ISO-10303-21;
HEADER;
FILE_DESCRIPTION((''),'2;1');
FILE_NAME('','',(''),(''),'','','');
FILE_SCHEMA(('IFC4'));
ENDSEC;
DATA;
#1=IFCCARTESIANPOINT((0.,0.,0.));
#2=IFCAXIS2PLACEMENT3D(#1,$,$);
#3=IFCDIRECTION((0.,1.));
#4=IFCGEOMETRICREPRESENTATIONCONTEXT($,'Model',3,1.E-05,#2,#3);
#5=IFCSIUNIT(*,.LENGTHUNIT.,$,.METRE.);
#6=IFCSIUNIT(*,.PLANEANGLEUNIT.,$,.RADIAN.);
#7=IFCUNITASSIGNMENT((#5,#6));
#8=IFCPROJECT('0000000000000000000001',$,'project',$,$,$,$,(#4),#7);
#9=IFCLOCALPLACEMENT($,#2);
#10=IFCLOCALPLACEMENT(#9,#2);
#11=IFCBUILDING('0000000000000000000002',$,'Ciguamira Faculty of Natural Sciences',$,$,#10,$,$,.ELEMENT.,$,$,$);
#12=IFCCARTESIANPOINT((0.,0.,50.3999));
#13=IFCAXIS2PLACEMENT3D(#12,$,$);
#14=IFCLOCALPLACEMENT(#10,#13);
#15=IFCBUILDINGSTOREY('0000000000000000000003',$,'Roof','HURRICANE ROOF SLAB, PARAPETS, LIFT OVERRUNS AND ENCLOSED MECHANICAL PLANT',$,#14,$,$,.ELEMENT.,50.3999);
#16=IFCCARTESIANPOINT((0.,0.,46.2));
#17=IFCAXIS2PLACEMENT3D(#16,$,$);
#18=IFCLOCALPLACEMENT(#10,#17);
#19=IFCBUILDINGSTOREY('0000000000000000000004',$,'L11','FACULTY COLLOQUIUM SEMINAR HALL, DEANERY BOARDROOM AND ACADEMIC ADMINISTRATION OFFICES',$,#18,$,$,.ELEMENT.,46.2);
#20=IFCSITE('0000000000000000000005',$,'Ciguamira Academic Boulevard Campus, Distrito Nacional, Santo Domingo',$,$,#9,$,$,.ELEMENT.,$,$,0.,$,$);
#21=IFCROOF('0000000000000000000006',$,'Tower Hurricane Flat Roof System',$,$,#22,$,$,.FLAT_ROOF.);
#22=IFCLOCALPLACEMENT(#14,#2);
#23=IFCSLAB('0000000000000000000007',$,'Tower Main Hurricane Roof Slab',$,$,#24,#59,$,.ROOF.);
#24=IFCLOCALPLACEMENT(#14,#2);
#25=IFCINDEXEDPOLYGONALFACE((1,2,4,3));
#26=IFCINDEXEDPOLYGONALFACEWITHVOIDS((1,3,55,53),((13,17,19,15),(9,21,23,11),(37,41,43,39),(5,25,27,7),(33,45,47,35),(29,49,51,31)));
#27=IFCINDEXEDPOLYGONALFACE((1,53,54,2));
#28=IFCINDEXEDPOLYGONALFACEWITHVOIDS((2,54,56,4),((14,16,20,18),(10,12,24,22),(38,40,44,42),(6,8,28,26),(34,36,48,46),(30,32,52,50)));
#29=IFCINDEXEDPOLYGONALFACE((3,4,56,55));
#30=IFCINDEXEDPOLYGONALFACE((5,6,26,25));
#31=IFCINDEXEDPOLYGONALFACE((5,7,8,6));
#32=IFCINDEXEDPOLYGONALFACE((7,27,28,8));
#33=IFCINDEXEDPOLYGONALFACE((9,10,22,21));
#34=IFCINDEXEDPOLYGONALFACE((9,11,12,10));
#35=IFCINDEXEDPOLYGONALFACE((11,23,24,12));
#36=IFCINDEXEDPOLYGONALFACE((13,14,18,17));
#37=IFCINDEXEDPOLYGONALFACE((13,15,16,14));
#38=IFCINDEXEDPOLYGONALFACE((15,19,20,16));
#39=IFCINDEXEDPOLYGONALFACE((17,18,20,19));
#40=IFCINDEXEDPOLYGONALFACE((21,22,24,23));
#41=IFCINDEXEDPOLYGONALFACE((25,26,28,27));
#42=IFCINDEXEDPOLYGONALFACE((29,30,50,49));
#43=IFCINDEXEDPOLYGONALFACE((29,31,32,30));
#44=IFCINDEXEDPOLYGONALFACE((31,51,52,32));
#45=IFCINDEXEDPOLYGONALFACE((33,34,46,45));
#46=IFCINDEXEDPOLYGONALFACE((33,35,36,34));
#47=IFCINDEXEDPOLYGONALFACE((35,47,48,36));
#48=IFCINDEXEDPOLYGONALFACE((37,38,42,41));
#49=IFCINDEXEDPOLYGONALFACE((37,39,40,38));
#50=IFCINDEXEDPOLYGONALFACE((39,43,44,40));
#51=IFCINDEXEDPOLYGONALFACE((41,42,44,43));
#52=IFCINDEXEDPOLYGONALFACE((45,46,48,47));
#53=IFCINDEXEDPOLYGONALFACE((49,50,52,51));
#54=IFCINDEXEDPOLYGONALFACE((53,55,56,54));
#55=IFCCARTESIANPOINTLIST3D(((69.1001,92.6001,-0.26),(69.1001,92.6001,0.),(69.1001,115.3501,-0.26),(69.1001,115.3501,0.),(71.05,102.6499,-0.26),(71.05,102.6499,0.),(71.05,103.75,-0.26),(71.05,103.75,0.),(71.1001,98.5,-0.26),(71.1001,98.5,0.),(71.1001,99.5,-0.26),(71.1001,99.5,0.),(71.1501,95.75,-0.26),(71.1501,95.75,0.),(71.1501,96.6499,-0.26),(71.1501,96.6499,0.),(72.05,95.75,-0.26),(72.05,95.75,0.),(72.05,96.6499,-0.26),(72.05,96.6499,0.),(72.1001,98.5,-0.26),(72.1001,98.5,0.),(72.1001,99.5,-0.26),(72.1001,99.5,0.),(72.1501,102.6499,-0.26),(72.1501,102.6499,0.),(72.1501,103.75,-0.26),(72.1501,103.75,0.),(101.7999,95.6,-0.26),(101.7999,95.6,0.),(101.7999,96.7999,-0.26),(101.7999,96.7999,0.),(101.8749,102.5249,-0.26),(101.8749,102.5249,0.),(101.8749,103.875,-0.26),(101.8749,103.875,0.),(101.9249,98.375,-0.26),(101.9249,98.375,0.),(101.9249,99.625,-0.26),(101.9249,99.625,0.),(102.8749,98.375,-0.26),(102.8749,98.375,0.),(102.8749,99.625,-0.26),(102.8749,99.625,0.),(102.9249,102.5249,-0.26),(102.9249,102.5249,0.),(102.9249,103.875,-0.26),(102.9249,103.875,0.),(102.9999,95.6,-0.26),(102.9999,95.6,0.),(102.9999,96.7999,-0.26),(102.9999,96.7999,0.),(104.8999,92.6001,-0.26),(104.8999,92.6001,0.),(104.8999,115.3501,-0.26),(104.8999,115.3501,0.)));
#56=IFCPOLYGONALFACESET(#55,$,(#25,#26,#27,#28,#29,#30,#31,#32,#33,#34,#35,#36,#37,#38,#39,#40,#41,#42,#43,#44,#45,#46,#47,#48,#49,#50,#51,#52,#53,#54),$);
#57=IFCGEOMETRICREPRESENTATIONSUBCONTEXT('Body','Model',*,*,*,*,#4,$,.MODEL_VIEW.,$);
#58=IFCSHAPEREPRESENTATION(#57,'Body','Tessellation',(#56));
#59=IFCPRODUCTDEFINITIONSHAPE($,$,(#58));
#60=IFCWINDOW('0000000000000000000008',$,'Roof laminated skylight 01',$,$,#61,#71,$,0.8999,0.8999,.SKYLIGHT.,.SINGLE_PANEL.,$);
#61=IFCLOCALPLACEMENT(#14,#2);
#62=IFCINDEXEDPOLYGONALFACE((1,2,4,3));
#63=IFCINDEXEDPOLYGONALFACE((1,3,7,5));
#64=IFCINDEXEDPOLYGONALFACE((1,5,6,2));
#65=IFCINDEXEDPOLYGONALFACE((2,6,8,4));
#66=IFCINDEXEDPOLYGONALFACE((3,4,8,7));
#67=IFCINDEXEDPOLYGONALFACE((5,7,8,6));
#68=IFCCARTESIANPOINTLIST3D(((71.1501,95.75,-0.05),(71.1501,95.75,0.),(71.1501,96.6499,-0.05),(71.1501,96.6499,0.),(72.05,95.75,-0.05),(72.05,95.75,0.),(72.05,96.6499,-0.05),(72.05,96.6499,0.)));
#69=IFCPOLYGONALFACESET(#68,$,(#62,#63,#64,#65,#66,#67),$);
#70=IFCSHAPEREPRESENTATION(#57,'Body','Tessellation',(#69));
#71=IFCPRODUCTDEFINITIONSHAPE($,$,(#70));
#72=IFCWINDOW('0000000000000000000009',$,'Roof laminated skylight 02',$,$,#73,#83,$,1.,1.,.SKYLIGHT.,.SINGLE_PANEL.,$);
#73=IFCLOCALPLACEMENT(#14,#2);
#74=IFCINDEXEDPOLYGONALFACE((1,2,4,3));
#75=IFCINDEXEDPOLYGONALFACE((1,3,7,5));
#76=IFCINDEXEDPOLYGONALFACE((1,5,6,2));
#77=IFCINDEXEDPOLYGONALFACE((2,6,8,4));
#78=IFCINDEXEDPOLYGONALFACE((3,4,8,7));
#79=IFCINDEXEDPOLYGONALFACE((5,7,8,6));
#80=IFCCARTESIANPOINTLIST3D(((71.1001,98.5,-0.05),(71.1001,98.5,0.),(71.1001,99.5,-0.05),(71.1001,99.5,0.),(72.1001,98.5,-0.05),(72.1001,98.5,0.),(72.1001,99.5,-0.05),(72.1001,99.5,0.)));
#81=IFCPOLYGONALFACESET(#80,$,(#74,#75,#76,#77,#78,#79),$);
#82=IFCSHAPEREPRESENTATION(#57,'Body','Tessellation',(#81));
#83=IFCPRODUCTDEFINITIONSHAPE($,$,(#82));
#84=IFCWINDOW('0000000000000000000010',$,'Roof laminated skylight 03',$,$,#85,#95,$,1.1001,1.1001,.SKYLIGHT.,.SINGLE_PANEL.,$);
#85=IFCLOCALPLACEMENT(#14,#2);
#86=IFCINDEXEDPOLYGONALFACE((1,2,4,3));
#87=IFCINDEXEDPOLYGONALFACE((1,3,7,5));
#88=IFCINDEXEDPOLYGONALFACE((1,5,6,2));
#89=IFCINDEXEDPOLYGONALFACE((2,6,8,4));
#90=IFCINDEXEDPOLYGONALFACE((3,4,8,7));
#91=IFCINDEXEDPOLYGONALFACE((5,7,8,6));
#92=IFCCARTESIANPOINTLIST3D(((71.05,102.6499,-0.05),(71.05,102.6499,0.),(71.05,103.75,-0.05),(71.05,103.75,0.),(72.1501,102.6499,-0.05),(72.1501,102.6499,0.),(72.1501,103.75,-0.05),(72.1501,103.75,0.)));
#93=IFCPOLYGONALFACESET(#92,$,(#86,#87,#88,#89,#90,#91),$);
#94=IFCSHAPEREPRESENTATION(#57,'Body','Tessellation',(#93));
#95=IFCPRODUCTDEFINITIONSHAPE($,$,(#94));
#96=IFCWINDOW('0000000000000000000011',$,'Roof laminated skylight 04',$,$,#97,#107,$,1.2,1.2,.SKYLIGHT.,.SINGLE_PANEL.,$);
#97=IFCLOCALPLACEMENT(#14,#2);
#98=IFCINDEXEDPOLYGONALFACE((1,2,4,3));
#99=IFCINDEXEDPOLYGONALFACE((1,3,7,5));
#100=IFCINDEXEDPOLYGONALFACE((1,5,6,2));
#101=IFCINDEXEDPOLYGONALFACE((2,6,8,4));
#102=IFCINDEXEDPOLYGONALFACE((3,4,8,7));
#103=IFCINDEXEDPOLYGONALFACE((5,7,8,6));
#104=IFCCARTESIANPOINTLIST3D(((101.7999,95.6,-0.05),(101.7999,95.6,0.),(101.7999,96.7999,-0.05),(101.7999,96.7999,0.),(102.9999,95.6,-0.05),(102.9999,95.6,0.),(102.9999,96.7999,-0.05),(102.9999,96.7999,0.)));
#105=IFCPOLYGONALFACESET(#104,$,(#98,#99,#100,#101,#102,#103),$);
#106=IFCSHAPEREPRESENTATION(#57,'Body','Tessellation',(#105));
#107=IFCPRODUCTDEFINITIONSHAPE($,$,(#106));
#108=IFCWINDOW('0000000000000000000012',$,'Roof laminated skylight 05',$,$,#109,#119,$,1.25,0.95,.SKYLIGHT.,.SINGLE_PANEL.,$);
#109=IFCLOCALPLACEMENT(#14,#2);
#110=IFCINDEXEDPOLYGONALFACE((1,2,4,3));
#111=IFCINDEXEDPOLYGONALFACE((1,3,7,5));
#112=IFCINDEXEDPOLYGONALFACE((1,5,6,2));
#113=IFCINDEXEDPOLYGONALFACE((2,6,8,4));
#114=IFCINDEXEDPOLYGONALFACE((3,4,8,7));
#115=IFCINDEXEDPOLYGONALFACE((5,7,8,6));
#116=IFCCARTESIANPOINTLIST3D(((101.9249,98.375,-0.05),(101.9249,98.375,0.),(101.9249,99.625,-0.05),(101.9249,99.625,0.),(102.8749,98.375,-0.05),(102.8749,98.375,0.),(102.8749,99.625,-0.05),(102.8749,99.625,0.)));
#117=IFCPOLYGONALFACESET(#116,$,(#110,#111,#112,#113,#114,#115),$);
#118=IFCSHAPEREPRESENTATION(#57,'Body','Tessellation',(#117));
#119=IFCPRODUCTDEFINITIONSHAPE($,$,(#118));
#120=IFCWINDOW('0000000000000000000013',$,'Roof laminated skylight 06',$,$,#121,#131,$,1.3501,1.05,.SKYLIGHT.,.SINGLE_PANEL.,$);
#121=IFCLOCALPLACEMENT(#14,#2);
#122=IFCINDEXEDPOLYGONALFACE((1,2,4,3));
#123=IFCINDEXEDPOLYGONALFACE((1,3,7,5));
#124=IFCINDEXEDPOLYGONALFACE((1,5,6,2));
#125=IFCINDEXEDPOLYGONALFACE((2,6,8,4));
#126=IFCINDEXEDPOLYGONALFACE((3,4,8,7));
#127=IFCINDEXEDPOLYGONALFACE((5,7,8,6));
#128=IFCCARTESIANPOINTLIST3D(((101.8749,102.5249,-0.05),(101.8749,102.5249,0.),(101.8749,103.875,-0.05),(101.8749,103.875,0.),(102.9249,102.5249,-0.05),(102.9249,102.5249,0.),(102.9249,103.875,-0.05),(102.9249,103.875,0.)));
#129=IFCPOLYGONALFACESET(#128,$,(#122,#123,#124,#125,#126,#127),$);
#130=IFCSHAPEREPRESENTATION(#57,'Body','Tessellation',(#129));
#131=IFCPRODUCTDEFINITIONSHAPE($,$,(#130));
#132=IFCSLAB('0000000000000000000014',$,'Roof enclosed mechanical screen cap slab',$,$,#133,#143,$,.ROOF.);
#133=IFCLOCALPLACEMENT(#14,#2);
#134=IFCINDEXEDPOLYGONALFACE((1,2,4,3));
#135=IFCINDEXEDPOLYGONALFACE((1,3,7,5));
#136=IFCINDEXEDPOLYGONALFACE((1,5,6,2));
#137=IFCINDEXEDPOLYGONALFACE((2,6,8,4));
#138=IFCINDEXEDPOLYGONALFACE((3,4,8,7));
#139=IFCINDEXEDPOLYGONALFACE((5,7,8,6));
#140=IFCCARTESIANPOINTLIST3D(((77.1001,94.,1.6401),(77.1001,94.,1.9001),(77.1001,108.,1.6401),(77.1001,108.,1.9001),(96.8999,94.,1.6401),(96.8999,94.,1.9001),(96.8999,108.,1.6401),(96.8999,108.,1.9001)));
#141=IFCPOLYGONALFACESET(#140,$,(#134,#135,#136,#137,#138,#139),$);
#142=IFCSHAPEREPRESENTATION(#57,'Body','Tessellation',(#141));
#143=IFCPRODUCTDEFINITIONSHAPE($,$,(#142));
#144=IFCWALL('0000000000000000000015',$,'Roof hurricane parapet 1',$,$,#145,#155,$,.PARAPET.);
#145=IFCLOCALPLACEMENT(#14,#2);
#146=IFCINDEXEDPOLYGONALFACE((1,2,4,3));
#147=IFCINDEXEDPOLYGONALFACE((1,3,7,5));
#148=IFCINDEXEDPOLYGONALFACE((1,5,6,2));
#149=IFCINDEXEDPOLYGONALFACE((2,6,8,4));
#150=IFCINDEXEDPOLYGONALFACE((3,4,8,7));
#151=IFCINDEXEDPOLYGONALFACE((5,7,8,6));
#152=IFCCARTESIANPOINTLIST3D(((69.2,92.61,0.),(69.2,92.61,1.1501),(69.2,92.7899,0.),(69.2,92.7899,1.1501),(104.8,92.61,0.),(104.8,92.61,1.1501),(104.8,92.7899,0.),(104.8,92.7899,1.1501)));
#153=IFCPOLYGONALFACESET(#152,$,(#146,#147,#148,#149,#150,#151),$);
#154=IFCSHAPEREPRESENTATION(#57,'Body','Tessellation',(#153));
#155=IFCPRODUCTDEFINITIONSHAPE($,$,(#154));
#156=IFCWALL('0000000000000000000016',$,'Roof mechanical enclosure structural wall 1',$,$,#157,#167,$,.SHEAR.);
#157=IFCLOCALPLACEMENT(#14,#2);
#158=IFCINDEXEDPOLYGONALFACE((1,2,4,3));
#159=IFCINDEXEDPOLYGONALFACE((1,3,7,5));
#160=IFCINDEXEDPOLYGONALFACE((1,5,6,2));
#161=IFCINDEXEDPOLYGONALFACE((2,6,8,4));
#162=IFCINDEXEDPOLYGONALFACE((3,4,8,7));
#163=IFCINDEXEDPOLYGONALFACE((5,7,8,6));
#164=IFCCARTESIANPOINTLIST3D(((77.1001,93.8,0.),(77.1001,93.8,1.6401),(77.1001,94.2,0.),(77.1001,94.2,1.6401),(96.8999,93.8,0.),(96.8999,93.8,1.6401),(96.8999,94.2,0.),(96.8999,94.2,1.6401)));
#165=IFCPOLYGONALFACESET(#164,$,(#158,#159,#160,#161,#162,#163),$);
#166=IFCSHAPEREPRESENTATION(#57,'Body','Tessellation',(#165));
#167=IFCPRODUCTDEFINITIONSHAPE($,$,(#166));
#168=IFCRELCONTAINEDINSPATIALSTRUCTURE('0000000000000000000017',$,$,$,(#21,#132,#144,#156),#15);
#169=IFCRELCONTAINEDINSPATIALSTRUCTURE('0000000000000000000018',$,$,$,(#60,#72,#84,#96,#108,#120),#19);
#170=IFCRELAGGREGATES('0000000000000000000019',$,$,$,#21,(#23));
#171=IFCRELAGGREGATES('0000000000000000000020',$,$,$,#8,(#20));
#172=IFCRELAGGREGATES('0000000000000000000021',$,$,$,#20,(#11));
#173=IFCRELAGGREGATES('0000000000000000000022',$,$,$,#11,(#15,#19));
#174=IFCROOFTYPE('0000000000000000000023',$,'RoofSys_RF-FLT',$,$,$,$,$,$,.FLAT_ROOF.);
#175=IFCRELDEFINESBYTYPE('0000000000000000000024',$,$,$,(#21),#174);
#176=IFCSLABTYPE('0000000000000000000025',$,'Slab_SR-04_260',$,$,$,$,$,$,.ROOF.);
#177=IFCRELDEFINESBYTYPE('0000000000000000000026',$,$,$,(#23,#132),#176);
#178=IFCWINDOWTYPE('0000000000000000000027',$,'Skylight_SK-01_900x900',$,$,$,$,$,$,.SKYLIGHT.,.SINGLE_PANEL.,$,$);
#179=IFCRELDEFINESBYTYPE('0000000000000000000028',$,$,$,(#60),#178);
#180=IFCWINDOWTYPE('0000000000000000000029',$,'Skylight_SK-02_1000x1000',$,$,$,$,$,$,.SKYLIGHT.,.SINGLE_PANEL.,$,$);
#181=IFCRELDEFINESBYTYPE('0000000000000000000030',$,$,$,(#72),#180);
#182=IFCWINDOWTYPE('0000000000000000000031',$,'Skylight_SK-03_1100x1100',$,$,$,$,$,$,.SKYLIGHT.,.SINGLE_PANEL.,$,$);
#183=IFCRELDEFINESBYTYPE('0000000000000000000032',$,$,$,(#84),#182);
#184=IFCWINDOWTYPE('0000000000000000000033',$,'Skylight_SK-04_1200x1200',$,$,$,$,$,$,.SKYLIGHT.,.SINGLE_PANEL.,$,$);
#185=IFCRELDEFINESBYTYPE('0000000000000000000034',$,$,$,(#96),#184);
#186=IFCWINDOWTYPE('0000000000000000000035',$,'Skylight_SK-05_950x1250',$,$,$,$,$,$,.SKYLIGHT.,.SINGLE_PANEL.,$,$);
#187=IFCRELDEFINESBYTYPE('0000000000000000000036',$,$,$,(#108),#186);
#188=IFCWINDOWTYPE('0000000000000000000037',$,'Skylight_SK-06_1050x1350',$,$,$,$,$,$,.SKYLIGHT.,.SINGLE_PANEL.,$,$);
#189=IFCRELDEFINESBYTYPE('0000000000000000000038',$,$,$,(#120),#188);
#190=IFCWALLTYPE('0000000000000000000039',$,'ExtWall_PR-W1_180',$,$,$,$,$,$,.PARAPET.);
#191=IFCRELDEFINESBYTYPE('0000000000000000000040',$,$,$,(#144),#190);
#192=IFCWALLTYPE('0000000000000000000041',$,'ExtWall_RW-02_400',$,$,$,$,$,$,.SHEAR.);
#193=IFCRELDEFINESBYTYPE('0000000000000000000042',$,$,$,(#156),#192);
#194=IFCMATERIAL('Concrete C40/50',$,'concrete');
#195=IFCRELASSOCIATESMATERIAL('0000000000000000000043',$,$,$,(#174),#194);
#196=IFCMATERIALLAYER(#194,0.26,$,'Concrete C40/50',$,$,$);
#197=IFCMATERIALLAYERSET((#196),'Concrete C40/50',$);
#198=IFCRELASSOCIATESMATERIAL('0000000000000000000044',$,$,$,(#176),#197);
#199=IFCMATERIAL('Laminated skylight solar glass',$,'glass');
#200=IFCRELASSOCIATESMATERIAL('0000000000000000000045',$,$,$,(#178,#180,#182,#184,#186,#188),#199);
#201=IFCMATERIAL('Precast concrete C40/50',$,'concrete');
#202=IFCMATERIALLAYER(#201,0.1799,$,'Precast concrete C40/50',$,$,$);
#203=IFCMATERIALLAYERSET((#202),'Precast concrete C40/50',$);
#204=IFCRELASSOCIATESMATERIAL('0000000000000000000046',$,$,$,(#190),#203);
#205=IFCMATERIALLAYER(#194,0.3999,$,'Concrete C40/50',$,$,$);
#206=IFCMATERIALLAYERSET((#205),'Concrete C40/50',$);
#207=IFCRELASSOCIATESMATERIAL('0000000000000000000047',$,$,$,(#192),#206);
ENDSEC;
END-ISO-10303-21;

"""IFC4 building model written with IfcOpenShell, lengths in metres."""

from ifc_helpers import new_model, si_unit, direction, frame, frame_2d, origin, origin_2d, place, context, subcontext, project, spatial, polyline, rectangle, outline, extrude, material, layer, layer_set, type_object, element, fill, aggregate, save


model = new_model("IFC4")

# Units and contexts
model_context = context("Model", 3, precision=1e-05, world=origin(), true_north=direction((0.0, 1.0)))
body_context = subcontext(model_context, "Body", "Model", "MODEL_VIEW")
ifc_project = project(units=[si_unit("LENGTHUNIT", "METRE"), si_unit("PLANEANGLEUNIT", "RADIAN")], contexts=[model_context])

# Site, building, storey
site_placement = place(None, origin())
site = spatial("IfcSite", under=ifc_project, at=site_placement, Name="Ciguamira Academic Boulevard Campus, Distrito Nacional, Santo Domingo", CompositionType="ELEMENT", RefElevation=0.0)
building_placement = place(site_placement, origin())
building = spatial("IfcBuilding", under=site, at=building_placement, Name="Ciguamira Faculty of Natural Sciences", CompositionType="ELEMENT")
storey_1_placement = place(building_placement, frame((0.0, 0.0, 50.3999)))
storey_1 = spatial("IfcBuildingStorey", under=building, at=storey_1_placement, Name="Roof", Description="HURRICANE ROOF SLAB, PARAPETS, LIFT OVERRUNS AND ENCLOSED MECHANICAL PLANT", CompositionType="ELEMENT", Elevation=50.3999)

# Shared definitions
ifc_material_1 = material(Name="Concrete C40/50", Category="concrete")

# Roof, slab, openings
roof_type = type_object("IfcRoofType", Name="RoofSys_RF-FLT", PredefinedType="FLAT_ROOF", material=ifc_material_1)
roof_placement = place(storey_1_placement, origin())
roof = element("IfcRoof", 1, at=roof_placement, inside=storey_1, type_object=roof_type, Name="Tower Hurricane Flat Roof System", PredefinedType="FLAT_ROOF")
ifc_layer_1 = layer(ifc_material_1, 0.26, Name="Concrete C40/50")
ifc_layer_set_1 = layer_set([ifc_layer_1], Name="Concrete C40/50")
slab_type = type_object("IfcSlabType", Name="Slab_SR-04_260", PredefinedType="ROOF", material=ifc_layer_set_1)
slab_1_placement = place(storey_1_placement, frame((0.0, 0.0, -0.26)))
slab_1 = element("IfcSlab", 2, at=slab_1_placement, type_object=slab_type, Name="Tower Main Hurricane Roof Slab", PredefinedType="ROOF", context=body_context, shape_type="SweptSolid", body=[
    extrude(outline(polyline([(69.1001, 92.6001), (104.8999, 92.6001), (104.8999, 115.3501), (69.1001, 115.3501), (69.1001, 92.6001)])), origin(), (0.0, 0.0, 1.0), 0.26),
])
opening_1_placement = place(slab_1_placement, frame((71.6001, 96.2, -0.01)))
opening_1 = element("IfcOpeningElement", 3, at=opening_1_placement, cuts=slab_1, PredefinedType="OPENING", context=body_context, shape_type="SweptSolid", body=[
    extrude(rectangle(XDim=0.8999, YDim=0.8999, at=origin_2d()), origin(), (0.0, 0.0, 1.0), 0.28),
])
opening_2_placement = place(slab_1_placement, frame((71.6001, 99.0, -0.01)))
opening_2 = element("IfcOpeningElement", 4, at=opening_2_placement, cuts=slab_1, PredefinedType="OPENING", context=body_context, shape_type="SweptSolid", body=[
    extrude(rectangle(XDim=1.0, YDim=1.0, at=origin_2d()), origin(), (0.0, 0.0, 1.0), 0.28),
])
opening_3_placement = place(slab_1_placement, frame((71.6001, 103.2, -0.01)))
opening_3 = element("IfcOpeningElement", 5, at=opening_3_placement, cuts=slab_1, PredefinedType="OPENING", context=body_context, shape_type="SweptSolid", body=[
    extrude(rectangle(XDim=1.1001, YDim=1.1001, at=origin_2d()), origin(), (0.0, 0.0, 1.0), 0.28),
])
opening_4_placement = place(slab_1_placement, frame((102.3999, 96.2, -0.01)))
opening_4 = element("IfcOpeningElement", 6, at=opening_4_placement, cuts=slab_1, PredefinedType="OPENING", context=body_context, shape_type="SweptSolid", body=[
    extrude(rectangle(XDim=1.2, YDim=1.2, at=origin_2d()), origin(), (0.0, 0.0, 1.0), 0.28),
])
opening_5_placement = place(slab_1_placement, frame((102.3999, 99.0, -0.01)))
opening_5 = element("IfcOpeningElement", 7, at=opening_5_placement, cuts=slab_1, PredefinedType="OPENING", context=body_context, shape_type="SweptSolid", body=[
    extrude(rectangle(XDim=0.95, YDim=1.25, at=origin_2d()), origin(), (0.0, 0.0, 1.0), 0.28),
])
opening_6_placement = place(slab_1_placement, frame((102.3999, 103.2, -0.01)))
opening_6 = element("IfcOpeningElement", 8, at=opening_6_placement, cuts=slab_1, PredefinedType="OPENING", context=body_context, shape_type="SweptSolid", body=[
    extrude(rectangle(XDim=1.05, YDim=1.3501, at=origin_2d()), origin(), (0.0, 0.0, 1.0), 0.28),
])

# Shared definitions
storey_2_placement = place(building_placement, frame((0.0, 0.0, 46.2)))
storey_2 = spatial("IfcBuildingStorey", under=building, at=storey_2_placement, Name="L11", Description="FACULTY COLLOQUIUM SEMINAR HALL, DEANERY BOARDROOM AND ACADEMIC ADMINISTRATION OFFICES", CompositionType="ELEMENT", Elevation=46.2)

# Windows
ifc_material_2 = material(Name="Laminated skylight solar glass", Category="glass")
window_type_1 = type_object("IfcWindowType", Name="Skylight_SK-01_900x900", PartitioningType="SINGLE_PANEL", PredefinedType="SKYLIGHT", material=ifc_material_2)
window_1_placement = place(slab_1_placement, frame((71.6001, 96.2, 0.21)))
window_1 = element("IfcWindow", 9, at=window_1_placement, inside=storey_2, type_object=window_type_1, Name="Roof laminated skylight 01", OverallHeight=0.8999, OverallWidth=0.8999, PartitioningType="SINGLE_PANEL", PredefinedType="SKYLIGHT", context=body_context, shape_type="SweptSolid", body=[
    extrude(rectangle(XDim=0.8999, YDim=0.8999, at=origin_2d()), origin(), (0.0, 0.0, 1.0), 0.05),
])
fill(opening_1, window_1)
window_type_2 = type_object("IfcWindowType", Name="Skylight_SK-02_1000x1000", PartitioningType="SINGLE_PANEL", PredefinedType="SKYLIGHT", material=ifc_material_2)
window_2_placement = place(slab_1_placement, frame((71.6001, 99.0, 0.21)))
window_2 = element("IfcWindow", 10, at=window_2_placement, inside=storey_2, type_object=window_type_2, Name="Roof laminated skylight 02", OverallHeight=1.0, OverallWidth=1.0, PartitioningType="SINGLE_PANEL", PredefinedType="SKYLIGHT", context=body_context, shape_type="SweptSolid", body=[
    extrude(rectangle(XDim=1.0, YDim=1.0, at=origin_2d()), origin(), (0.0, 0.0, 1.0), 0.05),
])
fill(opening_2, window_2)
window_type_3 = type_object("IfcWindowType", Name="Skylight_SK-03_1100x1100", PartitioningType="SINGLE_PANEL", PredefinedType="SKYLIGHT", material=ifc_material_2)
window_3_placement = place(slab_1_placement, frame((71.6001, 103.2, 0.21)))
window_3 = element("IfcWindow", 11, at=window_3_placement, inside=storey_2, type_object=window_type_3, Name="Roof laminated skylight 03", OverallHeight=1.1001, OverallWidth=1.1001, PartitioningType="SINGLE_PANEL", PredefinedType="SKYLIGHT", context=body_context, shape_type="SweptSolid", body=[
    extrude(rectangle(XDim=1.1001, YDim=1.1001, at=origin_2d()), origin(), (0.0, 0.0, 1.0), 0.05),
])
fill(opening_3, window_3)
window_type_4 = type_object("IfcWindowType", Name="Skylight_SK-04_1200x1200", PartitioningType="SINGLE_PANEL", PredefinedType="SKYLIGHT", material=ifc_material_2)
window_4_placement = place(slab_1_placement, frame((102.3999, 96.2, 0.21)))
window_4 = element("IfcWindow", 12, at=window_4_placement, inside=storey_2, type_object=window_type_4, Name="Roof laminated skylight 04", OverallHeight=1.2, OverallWidth=1.2, PartitioningType="SINGLE_PANEL", PredefinedType="SKYLIGHT", context=body_context, shape_type="SweptSolid", body=[
    extrude(rectangle(XDim=1.2, YDim=1.2, at=origin_2d()), origin(), (0.0, 0.0, 1.0), 0.05),
])
fill(opening_4, window_4)
window_type_5 = type_object("IfcWindowType", Name="Skylight_SK-05_950x1250", PartitioningType="SINGLE_PANEL", PredefinedType="SKYLIGHT", material=ifc_material_2)
window_5_placement = place(slab_1_placement, frame((102.3999, 99.0, 0.21)))
window_5 = element("IfcWindow", 13, at=window_5_placement, inside=storey_2, type_object=window_type_5, Name="Roof laminated skylight 05", OverallHeight=1.25, OverallWidth=0.95, PartitioningType="SINGLE_PANEL", PredefinedType="SKYLIGHT", context=body_context, shape_type="SweptSolid", body=[
    extrude(rectangle(XDim=0.95, YDim=1.25, at=origin_2d()), origin(), (0.0, 0.0, 1.0), 0.05),
])
fill(opening_5, window_5)
window_type_6 = type_object("IfcWindowType", Name="Skylight_SK-06_1050x1350", PartitioningType="SINGLE_PANEL", PredefinedType="SKYLIGHT", material=ifc_material_2)
window_6_placement = place(slab_1_placement, frame((102.3999, 103.2, 0.21)))
window_6 = element("IfcWindow", 14, at=window_6_placement, inside=storey_2, type_object=window_type_6, Name="Roof laminated skylight 06", OverallHeight=1.3501, OverallWidth=1.05, PartitioningType="SINGLE_PANEL", PredefinedType="SKYLIGHT", context=body_context, shape_type="SweptSolid", body=[
    extrude(rectangle(XDim=1.05, YDim=1.3501, at=origin_2d()), origin(), (0.0, 0.0, 1.0), 0.05),
])
fill(opening_6, window_6)
aggregate(roof, [slab_1])

# Slab
slab_2_placement = place(storey_1_placement, frame((0.0, 0.0, 1.6401)))
element("IfcSlab", 15, at=slab_2_placement, inside=storey_1, type_object=slab_type, Name="Roof enclosed mechanical screen cap slab", PredefinedType="ROOF", context=body_context, shape_type="SweptSolid", body=[
    extrude(outline(polyline([(77.1001, 94.0), (96.8999, 94.0), (96.8999, 108.0), (77.1001, 108.0), (77.1001, 94.0)])), origin(), (0.0, 0.0, 1.0), 0.26),
])

# Walls
ifc_material_3 = material(Name="Precast concrete C40/50", Category="concrete")
ifc_layer_2 = layer(ifc_material_3, 0.1799, Name="Precast concrete C40/50")
ifc_layer_set_2 = layer_set([ifc_layer_2], Name="Precast concrete C40/50")
wall_type_1 = type_object("IfcWallType", Name="ExtWall_PR-W1_180", PredefinedType="PARAPET", material=ifc_layer_set_2)
wall_1_placement = place(storey_1_placement, frame((69.2, 92.7, 0.0), z_axis=(0.0, 0.0, 1.0), x_axis=(1.0, 0.0, 0.0)))
element("IfcWall", 16, at=wall_1_placement, inside=storey_1, type_object=wall_type_1, Name="Roof hurricane parapet 1", PredefinedType="PARAPET", context=body_context, shape_type="SweptSolid", body=[
    extrude(rectangle(XDim=35.6001, YDim=0.1799, at=frame_2d((17.8, 0.0))), origin(), (0.0, 0.0, 1.0), 1.1501),
])
ifc_layer_3 = layer(ifc_material_1, 0.3999, Name="Concrete C40/50")
ifc_layer_set_3 = layer_set([ifc_layer_3], Name="Concrete C40/50")
wall_type_2 = type_object("IfcWallType", Name="ExtWall_RW-02_400", PredefinedType="SHEAR", material=ifc_layer_set_3)
wall_2_placement = place(storey_1_placement, frame((77.1001, 94.0, 0.0), z_axis=(0.0, 0.0, 1.0), x_axis=(1.0, 0.0, 0.0)))
element("IfcWall", 17, at=wall_2_placement, inside=storey_1, type_object=wall_type_2, Name="Roof mechanical enclosure structural wall 1", PredefinedType="SHEAR", context=body_context, shape_type="SweptSolid", body=[
    extrude(rectangle(XDim=19.7998, YDim=0.3999, at=frame_2d((9.8999, 0.0))), origin(), (0.0, 0.0, 1.0), 1.6401),
])

save(model, "model.ifc")
